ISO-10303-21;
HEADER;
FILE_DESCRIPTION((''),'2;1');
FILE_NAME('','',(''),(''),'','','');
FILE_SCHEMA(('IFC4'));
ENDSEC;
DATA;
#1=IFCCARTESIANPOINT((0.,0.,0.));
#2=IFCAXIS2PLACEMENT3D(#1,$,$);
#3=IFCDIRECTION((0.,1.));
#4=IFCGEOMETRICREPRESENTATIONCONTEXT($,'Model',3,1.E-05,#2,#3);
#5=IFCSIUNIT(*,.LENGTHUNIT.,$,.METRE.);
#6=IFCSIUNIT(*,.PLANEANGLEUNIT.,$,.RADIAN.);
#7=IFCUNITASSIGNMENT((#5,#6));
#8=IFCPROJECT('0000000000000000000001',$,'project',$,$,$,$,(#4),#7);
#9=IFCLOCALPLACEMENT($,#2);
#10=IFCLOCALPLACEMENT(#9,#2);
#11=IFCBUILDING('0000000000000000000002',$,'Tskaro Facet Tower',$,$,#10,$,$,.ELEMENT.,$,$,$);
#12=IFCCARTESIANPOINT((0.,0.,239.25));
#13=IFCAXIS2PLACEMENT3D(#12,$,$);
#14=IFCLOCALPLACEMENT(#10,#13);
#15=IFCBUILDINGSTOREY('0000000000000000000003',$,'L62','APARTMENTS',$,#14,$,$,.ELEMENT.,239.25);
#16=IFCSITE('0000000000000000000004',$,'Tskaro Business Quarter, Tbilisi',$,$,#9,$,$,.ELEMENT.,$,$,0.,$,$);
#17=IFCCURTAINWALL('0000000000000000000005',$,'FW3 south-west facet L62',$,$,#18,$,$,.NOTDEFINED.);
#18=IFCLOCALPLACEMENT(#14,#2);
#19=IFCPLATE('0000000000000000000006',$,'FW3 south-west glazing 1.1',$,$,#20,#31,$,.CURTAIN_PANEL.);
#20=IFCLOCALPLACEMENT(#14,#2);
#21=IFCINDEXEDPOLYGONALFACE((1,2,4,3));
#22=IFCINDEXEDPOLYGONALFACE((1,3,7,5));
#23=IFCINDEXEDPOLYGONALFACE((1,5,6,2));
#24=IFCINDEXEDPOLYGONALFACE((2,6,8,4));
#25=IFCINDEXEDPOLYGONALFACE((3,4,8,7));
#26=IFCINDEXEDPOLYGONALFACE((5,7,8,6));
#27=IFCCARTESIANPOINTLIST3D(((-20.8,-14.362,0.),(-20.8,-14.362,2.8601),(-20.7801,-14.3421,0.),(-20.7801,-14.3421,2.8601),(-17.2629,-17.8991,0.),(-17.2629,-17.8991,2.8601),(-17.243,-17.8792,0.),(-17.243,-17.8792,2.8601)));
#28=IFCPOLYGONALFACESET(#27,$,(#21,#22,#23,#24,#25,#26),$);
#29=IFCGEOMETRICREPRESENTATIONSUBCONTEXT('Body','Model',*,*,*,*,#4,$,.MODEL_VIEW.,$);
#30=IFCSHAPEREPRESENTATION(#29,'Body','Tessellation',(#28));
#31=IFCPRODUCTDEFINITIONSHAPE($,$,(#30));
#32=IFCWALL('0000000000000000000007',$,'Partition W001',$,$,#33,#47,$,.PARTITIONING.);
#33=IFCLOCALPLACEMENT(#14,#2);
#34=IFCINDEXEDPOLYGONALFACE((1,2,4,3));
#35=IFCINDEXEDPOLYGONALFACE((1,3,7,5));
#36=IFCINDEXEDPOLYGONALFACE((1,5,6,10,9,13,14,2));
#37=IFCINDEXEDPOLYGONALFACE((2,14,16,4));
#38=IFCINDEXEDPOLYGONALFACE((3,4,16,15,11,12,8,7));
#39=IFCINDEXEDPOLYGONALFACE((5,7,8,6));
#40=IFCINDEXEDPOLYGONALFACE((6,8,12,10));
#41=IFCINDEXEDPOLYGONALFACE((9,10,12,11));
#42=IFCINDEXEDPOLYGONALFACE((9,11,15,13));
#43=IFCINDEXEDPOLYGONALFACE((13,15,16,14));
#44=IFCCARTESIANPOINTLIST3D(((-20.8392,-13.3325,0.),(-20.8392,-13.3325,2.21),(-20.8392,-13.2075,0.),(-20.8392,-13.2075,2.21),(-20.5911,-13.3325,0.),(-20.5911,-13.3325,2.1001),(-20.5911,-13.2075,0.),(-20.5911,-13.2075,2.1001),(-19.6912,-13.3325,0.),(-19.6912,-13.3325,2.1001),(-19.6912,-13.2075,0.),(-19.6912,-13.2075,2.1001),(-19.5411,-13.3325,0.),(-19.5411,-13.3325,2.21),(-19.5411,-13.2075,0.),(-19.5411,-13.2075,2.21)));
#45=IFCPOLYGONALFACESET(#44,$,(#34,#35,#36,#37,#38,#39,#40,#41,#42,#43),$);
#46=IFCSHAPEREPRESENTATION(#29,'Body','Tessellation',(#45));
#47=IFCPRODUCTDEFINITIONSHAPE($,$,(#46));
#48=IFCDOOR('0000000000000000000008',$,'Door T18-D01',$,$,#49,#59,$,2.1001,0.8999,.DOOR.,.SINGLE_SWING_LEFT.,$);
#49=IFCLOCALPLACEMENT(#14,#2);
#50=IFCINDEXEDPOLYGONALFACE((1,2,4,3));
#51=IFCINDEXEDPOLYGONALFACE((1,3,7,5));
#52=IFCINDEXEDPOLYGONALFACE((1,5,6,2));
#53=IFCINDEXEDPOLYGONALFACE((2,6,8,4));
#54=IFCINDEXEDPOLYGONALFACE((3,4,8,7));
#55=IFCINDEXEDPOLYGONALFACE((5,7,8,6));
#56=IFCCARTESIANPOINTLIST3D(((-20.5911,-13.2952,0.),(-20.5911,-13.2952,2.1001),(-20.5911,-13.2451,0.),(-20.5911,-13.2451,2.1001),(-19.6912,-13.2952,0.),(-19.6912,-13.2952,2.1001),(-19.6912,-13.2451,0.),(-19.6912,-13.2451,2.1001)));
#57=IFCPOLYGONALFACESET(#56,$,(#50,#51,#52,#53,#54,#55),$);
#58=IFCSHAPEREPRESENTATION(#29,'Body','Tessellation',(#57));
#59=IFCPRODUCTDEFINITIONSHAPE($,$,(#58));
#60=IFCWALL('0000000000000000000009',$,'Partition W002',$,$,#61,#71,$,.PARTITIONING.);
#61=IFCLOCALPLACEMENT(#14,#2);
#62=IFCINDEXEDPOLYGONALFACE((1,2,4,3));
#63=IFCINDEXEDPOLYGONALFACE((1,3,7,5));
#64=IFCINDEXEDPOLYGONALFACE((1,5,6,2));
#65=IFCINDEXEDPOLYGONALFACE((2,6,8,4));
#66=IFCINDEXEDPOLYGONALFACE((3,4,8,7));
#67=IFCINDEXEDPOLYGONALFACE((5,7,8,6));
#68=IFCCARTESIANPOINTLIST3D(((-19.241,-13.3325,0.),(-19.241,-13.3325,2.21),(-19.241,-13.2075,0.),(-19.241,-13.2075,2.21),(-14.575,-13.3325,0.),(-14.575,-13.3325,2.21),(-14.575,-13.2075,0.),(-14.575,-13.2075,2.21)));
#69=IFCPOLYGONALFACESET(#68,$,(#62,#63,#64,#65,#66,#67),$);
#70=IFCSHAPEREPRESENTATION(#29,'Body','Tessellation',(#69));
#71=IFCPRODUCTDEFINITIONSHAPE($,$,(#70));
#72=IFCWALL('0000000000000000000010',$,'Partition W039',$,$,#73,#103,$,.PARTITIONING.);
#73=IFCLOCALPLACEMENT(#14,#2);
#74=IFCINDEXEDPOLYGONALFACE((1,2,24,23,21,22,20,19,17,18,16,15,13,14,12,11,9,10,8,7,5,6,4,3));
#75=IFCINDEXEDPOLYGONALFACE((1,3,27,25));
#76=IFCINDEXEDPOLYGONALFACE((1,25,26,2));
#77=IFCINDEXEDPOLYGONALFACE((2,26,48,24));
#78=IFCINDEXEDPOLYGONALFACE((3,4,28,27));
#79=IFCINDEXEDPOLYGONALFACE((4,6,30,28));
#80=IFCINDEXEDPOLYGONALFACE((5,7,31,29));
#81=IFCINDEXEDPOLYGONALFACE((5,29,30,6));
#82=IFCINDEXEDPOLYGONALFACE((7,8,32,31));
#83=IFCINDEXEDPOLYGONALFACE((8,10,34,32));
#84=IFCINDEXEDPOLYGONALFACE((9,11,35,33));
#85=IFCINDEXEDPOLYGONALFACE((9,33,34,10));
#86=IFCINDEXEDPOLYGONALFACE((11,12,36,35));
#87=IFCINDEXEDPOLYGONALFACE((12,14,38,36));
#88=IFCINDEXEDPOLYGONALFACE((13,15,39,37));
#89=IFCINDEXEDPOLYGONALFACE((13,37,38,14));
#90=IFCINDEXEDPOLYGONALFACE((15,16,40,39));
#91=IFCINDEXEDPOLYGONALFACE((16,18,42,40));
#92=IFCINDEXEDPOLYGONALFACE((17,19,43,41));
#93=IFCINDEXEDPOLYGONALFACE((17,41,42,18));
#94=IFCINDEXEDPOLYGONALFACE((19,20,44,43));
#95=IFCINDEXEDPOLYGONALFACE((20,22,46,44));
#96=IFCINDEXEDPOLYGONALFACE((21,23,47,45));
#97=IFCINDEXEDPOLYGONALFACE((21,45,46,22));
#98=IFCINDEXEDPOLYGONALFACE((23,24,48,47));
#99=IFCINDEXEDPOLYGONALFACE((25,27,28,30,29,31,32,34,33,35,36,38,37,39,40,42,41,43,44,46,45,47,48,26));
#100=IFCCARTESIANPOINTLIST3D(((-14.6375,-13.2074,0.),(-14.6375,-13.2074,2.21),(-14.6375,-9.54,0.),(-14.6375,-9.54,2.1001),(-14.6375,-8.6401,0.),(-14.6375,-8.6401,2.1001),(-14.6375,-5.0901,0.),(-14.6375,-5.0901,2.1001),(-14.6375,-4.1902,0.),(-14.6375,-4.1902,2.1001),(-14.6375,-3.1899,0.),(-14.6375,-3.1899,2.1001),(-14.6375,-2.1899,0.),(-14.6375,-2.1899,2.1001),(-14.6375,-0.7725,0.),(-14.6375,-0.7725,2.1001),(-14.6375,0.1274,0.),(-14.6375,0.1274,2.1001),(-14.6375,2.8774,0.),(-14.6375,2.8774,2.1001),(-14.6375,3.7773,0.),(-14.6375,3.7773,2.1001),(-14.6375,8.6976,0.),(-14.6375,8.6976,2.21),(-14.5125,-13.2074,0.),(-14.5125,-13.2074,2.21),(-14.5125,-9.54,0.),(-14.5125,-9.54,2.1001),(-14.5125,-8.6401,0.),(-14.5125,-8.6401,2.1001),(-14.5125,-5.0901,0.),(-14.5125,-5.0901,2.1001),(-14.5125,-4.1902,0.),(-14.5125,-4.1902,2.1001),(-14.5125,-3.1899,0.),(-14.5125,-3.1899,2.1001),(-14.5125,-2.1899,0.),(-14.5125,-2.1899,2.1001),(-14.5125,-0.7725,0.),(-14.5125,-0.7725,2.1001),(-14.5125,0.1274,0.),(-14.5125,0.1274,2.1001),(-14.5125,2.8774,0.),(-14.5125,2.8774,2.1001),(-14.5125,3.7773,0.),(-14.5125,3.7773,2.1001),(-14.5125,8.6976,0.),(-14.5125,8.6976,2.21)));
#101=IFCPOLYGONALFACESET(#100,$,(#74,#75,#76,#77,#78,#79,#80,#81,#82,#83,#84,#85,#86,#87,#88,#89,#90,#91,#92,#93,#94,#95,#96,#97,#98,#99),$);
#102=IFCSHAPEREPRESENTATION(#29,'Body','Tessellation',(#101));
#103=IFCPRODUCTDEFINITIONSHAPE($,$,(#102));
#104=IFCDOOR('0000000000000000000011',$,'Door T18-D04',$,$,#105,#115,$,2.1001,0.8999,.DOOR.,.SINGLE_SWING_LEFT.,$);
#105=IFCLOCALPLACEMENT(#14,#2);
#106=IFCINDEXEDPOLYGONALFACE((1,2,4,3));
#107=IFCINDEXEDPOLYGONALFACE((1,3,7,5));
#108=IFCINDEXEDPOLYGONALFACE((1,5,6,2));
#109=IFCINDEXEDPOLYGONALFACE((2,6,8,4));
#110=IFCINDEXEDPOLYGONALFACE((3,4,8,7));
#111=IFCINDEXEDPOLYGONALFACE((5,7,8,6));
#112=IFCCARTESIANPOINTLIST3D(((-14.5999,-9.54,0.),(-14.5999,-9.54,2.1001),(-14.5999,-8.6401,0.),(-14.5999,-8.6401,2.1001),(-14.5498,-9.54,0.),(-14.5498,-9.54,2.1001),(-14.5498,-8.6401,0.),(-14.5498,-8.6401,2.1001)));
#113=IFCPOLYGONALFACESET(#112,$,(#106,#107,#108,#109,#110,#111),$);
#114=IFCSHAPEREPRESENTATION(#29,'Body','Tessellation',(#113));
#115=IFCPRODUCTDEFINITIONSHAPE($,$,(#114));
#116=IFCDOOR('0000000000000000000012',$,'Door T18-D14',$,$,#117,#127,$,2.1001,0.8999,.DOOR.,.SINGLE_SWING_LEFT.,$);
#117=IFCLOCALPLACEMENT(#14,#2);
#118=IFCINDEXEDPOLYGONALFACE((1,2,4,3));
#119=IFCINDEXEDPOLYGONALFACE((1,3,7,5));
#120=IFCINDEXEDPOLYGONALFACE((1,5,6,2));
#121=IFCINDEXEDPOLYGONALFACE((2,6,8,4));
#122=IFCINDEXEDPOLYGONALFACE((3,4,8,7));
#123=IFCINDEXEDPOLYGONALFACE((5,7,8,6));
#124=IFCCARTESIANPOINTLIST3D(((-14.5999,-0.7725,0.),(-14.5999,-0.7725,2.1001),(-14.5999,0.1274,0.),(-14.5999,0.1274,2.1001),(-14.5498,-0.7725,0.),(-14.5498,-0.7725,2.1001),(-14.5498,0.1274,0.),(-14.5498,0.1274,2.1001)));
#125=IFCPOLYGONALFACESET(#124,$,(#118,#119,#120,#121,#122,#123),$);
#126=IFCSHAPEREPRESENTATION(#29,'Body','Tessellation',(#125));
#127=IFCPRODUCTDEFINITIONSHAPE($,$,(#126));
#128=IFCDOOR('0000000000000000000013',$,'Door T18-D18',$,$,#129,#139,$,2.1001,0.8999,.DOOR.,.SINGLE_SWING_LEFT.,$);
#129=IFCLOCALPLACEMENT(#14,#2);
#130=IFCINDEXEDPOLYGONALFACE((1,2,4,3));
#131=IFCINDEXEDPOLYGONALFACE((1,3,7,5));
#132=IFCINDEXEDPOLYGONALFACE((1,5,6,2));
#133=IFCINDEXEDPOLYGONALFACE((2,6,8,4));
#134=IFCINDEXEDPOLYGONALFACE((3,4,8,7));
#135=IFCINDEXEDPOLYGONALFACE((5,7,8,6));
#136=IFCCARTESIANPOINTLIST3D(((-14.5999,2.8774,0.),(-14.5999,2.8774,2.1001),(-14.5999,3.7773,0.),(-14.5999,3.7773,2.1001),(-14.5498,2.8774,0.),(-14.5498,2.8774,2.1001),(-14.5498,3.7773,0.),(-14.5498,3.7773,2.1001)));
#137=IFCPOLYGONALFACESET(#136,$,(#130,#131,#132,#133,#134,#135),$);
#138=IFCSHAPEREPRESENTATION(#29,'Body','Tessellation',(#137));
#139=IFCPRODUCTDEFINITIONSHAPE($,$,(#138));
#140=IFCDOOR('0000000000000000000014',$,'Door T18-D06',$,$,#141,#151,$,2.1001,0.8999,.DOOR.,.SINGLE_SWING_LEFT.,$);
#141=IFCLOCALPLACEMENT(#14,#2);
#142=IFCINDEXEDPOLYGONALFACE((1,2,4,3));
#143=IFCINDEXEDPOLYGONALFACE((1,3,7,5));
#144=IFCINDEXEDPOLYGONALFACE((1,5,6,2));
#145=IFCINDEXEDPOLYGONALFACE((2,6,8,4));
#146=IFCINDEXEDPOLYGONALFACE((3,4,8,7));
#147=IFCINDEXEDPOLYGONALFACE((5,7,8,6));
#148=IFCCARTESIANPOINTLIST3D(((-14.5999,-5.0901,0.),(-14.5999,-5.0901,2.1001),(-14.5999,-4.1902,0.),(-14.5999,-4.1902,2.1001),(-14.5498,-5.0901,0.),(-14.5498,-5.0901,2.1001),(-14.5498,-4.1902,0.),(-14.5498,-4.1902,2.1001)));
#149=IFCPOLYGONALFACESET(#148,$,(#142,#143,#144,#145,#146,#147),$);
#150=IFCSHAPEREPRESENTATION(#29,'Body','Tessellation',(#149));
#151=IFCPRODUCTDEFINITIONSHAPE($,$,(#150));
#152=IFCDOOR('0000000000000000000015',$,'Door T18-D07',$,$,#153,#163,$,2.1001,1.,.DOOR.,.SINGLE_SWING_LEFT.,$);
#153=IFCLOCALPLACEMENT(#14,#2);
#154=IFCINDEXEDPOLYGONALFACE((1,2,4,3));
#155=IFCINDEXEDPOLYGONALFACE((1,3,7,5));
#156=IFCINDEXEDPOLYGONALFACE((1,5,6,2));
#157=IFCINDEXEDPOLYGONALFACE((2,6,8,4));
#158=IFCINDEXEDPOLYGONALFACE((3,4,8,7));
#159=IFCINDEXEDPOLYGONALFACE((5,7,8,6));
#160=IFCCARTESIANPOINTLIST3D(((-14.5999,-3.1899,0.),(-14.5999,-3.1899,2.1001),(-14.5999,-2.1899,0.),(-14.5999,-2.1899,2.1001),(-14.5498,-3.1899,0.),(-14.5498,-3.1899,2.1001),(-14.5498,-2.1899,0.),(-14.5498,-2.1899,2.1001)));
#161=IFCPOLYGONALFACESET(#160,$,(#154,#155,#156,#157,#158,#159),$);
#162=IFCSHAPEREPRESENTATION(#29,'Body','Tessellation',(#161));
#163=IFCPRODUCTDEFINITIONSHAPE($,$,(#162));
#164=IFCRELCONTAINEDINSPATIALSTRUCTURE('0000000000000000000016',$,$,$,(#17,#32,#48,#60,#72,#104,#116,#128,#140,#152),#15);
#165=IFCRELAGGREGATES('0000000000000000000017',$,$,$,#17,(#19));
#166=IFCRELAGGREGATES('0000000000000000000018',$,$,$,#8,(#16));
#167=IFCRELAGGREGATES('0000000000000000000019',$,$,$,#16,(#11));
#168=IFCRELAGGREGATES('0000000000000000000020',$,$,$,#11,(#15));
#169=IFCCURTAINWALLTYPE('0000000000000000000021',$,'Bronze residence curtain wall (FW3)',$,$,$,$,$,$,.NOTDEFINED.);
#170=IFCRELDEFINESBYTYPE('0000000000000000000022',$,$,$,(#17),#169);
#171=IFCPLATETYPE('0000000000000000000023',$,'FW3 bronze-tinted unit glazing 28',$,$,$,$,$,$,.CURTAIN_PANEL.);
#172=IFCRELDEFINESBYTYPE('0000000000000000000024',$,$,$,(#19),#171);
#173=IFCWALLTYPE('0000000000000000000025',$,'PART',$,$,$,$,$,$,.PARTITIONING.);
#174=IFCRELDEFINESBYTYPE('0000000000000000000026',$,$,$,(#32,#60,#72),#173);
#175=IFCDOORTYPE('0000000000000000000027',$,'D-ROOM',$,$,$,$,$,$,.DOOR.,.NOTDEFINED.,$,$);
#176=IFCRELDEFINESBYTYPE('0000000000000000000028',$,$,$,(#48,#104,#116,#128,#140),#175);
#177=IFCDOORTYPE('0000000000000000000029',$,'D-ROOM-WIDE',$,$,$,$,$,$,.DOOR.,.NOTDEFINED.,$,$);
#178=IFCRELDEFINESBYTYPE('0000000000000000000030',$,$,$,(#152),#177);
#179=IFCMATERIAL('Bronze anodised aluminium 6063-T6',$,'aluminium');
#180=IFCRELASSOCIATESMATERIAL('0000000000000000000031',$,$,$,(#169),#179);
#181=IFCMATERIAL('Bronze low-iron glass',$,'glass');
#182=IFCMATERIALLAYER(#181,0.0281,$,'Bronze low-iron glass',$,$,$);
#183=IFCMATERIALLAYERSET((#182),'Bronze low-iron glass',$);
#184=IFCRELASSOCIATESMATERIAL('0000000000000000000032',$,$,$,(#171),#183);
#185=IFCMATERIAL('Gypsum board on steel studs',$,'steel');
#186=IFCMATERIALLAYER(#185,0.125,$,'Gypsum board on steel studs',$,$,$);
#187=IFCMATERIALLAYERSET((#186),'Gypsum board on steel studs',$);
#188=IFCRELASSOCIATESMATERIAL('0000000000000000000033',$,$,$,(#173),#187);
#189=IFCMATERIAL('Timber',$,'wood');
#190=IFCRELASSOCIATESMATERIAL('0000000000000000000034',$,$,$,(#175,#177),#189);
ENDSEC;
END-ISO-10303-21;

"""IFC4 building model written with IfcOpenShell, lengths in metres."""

from ifc_helpers import new_model, si_unit, direction, frame, frame_2d, origin, origin_2d, place, context, subcontext, project, spatial, rectangle, extrude, material, layer, layer_set, type_object, element, fill, aggregate, save


model = new_model("IFC4")

# Units and contexts
model_context = context("Model", 3, precision=1e-05, world=origin(), true_north=direction((0.0, 1.0)))
body_context = subcontext(model_context, "Body", "Model", "MODEL_VIEW")
ifc_project = project(units=[si_unit("LENGTHUNIT", "METRE"), si_unit("PLANEANGLEUNIT", "RADIAN")], contexts=[model_context])

# Site, building, storey
site_placement = place(None, origin())
site = spatial("IfcSite", under=ifc_project, at=site_placement, Name="Tskaro Business Quarter, Tbilisi", CompositionType="ELEMENT", RefElevation=0.0)
building_placement = place(site_placement, origin())
building = spatial("IfcBuilding", under=site, at=building_placement, Name="Tskaro Facet Tower", CompositionType="ELEMENT")
storey_placement = place(building_placement, frame((0.0, 0.0, 239.25)))
storey = spatial("IfcBuildingStorey", under=building, at=storey_placement, Name="L62", Description="APARTMENTS", CompositionType="ELEMENT", Elevation=239.25)

# Curtain wall
ifc_material_1 = material(Name="Bronze anodised aluminium 6063-T6", Category="aluminium")
curtain_wall_type = type_object("IfcCurtainWallType", Name="Bronze residence curtain wall (FW3)", PredefinedType="NOTDEFINED", material=ifc_material_1)
curtain_wall_1_placement = place(storey_placement, origin())
curtain_wall_1 = element("IfcCurtainWall", 1, at=curtain_wall_1_placement, inside=storey, type_object=curtain_wall_type, Name="FW3 south-west facet L62", PredefinedType="NOTDEFINED")

# Shared definitions
ifc_material_2 = material(Name="Bronze low-iron glass", Category="glass")
ifc_layer_1 = layer(ifc_material_2, 0.0281, Name="Bronze low-iron glass")
ifc_layer_set_1 = layer_set([ifc_layer_1], Name="Bronze low-iron glass")
plate_type = type_object("IfcPlateType", Name="FW3 bronze-tinted unit glazing 28", PredefinedType="CURTAIN_PANEL", material=ifc_layer_set_1)

# Plate
plate_1_placement = place(storey_placement, frame((-19.0215, -16.1206, 0.0), z_axis=(0.0, 0.0, 1.0), x_axis=(0.707107, -0.707107, 0.0)))
plate_1 = element("IfcPlate", 2, at=plate_1_placement, type_object=plate_type, Name="FW3 south-west glazing 1.1", PredefinedType="CURTAIN_PANEL", context=body_context, shape_type="SweptSolid", body=[
    extrude(rectangle(XDim=5.0022, YDim=0.0281, at=origin_2d()), origin(), (0.0, 0.0, 1.0), 2.8601),
])
aggregate(curtain_wall_1, [plate_1])

# Wall, opening, door
ifc_material_3 = material(Name="Gypsum board on steel studs", Category="steel")
ifc_layer_2 = layer(ifc_material_3, 0.125, Name="Gypsum board on steel studs")
ifc_layer_set_2 = layer_set([ifc_layer_2], Name="Gypsum board on steel studs")
wall_type = type_object("IfcWallType", Name="PART", PredefinedType="PARTITIONING", material=ifc_layer_set_2)
wall_1_placement = place(storey_placement, frame((-20.8391, -13.27, 0.0), z_axis=(0.0, 0.0, 1.0), x_axis=(1.0, 0.0, 0.0)))
wall_1 = element("IfcWall", 3, at=wall_1_placement, inside=storey, type_object=wall_type, Name="Partition W001", PredefinedType="PARTITIONING", context=body_context, shape_type="SweptSolid", body=[
    extrude(rectangle(XDim=1.2981, YDim=0.125, at=frame_2d((0.6489, 0.0))), origin(), (0.0, 0.0, 1.0), 2.21),
])
opening_1_placement = place(wall_1_placement, frame((0.248, 0.0, 0.0)))
opening_1 = element("IfcOpeningElement", 4, at=opening_1_placement, cuts=wall_1, PredefinedType="OPENING", context=body_context, shape_type="SweptSolid", body=[
    extrude(rectangle(XDim=0.8999, YDim=2.1001, at=frame_2d((0.45, 1.05))), frame((0.0, 0.0725, 0.0), z_axis=(0.0, -1.0, 0.0), x_axis=(1.0, 0.0, 0.0)), (0.0, 0.0, 1.0), 0.145),
])
ifc_material_4 = material(Name="Timber", Category="wood")
door_type_1 = type_object("IfcDoorType", Name="D-ROOM", OperationType="NOTDEFINED", PredefinedType="DOOR", material=ifc_material_4)
door_1_placement = place(opening_1_placement, origin())
door_1 = element("IfcDoor", 5, at=door_1_placement, inside=storey, type_object=door_type_1, Name="Door T18-D01", OperationType="SINGLE_SWING_LEFT", OverallHeight=2.1001, OverallWidth=0.8999, PredefinedType="DOOR", context=body_context, shape_type="SweptSolid", body=[
    extrude(rectangle(XDim=0.8999, YDim=2.1001, at=frame_2d((0.45, 1.05))), frame((0.0, 0.0249, 0.0), z_axis=(0.0, -1.0, 0.0), x_axis=(1.0, 0.0, 0.0)), (0.0, 0.0, 1.0), 0.05),
])
fill(opening_1, door_1)

# Wall
wall_2_placement = place(storey_placement, frame((-19.241, -13.27, 0.0), z_axis=(0.0, 0.0, 1.0), x_axis=(1.0, 0.0, 0.0)))
element("IfcWall", 6, at=wall_2_placement, inside=storey, type_object=wall_type, Name="Partition W002", PredefinedType="PARTITIONING", context=body_context, shape_type="SweptSolid", body=[
    extrude(rectangle(XDim=4.666, YDim=0.125, at=frame_2d((2.333, 0.0))), origin(), (0.0, 0.0, 1.0), 2.21),
])

# Wall, openings, doors
wall_3_placement = place(storey_placement, frame((-14.575, -13.2075, 0.0), z_axis=(0.0, 0.0, 1.0), x_axis=(0.0, 1.0, 0.0)))
wall_3 = element("IfcWall", 7, at=wall_3_placement, inside=storey, type_object=wall_type, Name="Partition W039", PredefinedType="PARTITIONING", context=body_context, shape_type="SweptSolid", body=[
    extrude(rectangle(XDim=21.905, YDim=0.125, at=frame_2d((10.9526, 0.0))), origin(), (0.0, 0.0, 1.0), 2.21),
])
opening_2_placement = place(wall_3_placement, frame((3.6675, 0.0, 0.0)))
opening_2 = element("IfcOpeningElement", 8, at=opening_2_placement, cuts=wall_3, PredefinedType="OPENING", context=body_context, shape_type="SweptSolid", body=[
    extrude(rectangle(XDim=0.8999, YDim=2.1001, at=frame_2d((0.45, 1.05))), frame((0.0, 0.0725, 0.0), z_axis=(0.0, -1.0, 0.0), x_axis=(1.0, 0.0, 0.0)), (0.0, 0.0, 1.0), 0.145),
])
opening_3_placement = place(wall_3_placement, frame((12.4351, 0.0, 0.0)))
opening_3 = element("IfcOpeningElement", 9, at=opening_3_placement, cuts=wall_3, PredefinedType="OPENING", context=body_context, shape_type="SweptSolid", body=[
    extrude(rectangle(XDim=0.8999, YDim=2.1001, at=frame_2d((0.45, 1.05))), frame((0.0, 0.0725, 0.0), z_axis=(0.0, -1.0, 0.0), x_axis=(1.0, 0.0, 0.0)), (0.0, 0.0, 1.0), 0.145),
])
opening_4_placement = place(wall_3_placement, frame((16.085, 0.0, 0.0)))
opening_4 = element("IfcOpeningElement", 10, at=opening_4_placement, cuts=wall_3, PredefinedType="OPENING", context=body_context, shape_type="SweptSolid", body=[
    extrude(rectangle(XDim=0.8999, YDim=2.1001, at=frame_2d((0.45, 1.05))), frame((0.0, 0.0725, 0.0), z_axis=(0.0, -1.0, 0.0), x_axis=(1.0, 0.0, 0.0)), (0.0, 0.0, 1.0), 0.145),
])
opening_5_placement = place(wall_3_placement, frame((10.0176, 0.0, 0.0)))
opening_5 = element("IfcOpeningElement", 11, at=opening_5_placement, cuts=wall_3, PredefinedType="OPENING", context=body_context, shape_type="SweptSolid", body=[
    extrude(rectangle(XDim=1.0, YDim=2.1001, at=frame_2d((0.5, 1.05))), frame((0.0, 0.0725, 0.0), z_axis=(0.0, -1.0, 0.0), x_axis=(1.0, 0.0, 0.0)), (0.0, 0.0, 1.0), 0.145),
])
opening_6_placement = place(wall_3_placement, frame((8.1174, 0.0, 0.0)))
opening_6 = element("IfcOpeningElement", 12, at=opening_6_placement, cuts=wall_3, PredefinedType="OPENING", context=body_context, shape_type="SweptSolid", body=[
    extrude(rectangle(XDim=0.8999, YDim=2.1001, at=frame_2d((0.45, 1.05))), frame((0.0, 0.0725, 0.0), z_axis=(0.0, -1.0, 0.0), x_axis=(1.0, 0.0, 0.0)), (0.0, 0.0, 1.0), 0.145),
])
door_2_placement = place(opening_2_placement, origin())
door_2 = element("IfcDoor", 13, at=door_2_placement, inside=storey, type_object=door_type_1, Name="Door T18-D04", OperationType="SINGLE_SWING_LEFT", OverallHeight=2.1001, OverallWidth=0.8999, PredefinedType="DOOR", context=body_context, shape_type="SweptSolid", body=[
    extrude(rectangle(XDim=0.8999, YDim=2.1001, at=frame_2d((0.45, 1.05))), frame((0.0, 0.0249, 0.0), z_axis=(0.0, -1.0, 0.0), x_axis=(1.0, 0.0, 0.0)), (0.0, 0.0, 1.0), 0.05),
])
fill(opening_2, door_2)
door_3_placement = place(opening_3_placement, origin())
door_3 = element("IfcDoor", 14, at=door_3_placement, inside=storey, type_object=door_type_1, Name="Door T18-D14", OperationType="SINGLE_SWING_LEFT", OverallHeight=2.1001, OverallWidth=0.8999, PredefinedType="DOOR", context=body_context, shape_type="SweptSolid", body=[
    extrude(rectangle(XDim=0.8999, YDim=2.1001, at=frame_2d((0.45, 1.05))), frame((0.0, 0.0249, 0.0), z_axis=(0.0, -1.0, 0.0), x_axis=(1.0, 0.0, 0.0)), (0.0, 0.0, 1.0), 0.05),
])
fill(opening_3, door_3)
door_4_placement = place(opening_4_placement, origin())
door_4 = element("IfcDoor", 15, at=door_4_placement, inside=storey, type_object=door_type_1, Name="Door T18-D18", OperationType="SINGLE_SWING_LEFT", OverallHeight=2.1001, OverallWidth=0.8999, PredefinedType="DOOR", context=body_context, shape_type="SweptSolid", body=[
    extrude(rectangle(XDim=0.8999, YDim=2.1001, at=frame_2d((0.45, 1.05))), frame((0.0, 0.0249, 0.0), z_axis=(0.0, -1.0, 0.0), x_axis=(1.0, 0.0, 0.0)), (0.0, 0.0, 1.0), 0.05),
])
fill(opening_4, door_4)
door_5_placement = place(opening_6_placement, origin())
door_5 = element("IfcDoor", 16, at=door_5_placement, inside=storey, type_object=door_type_1, Name="Door T18-D06", OperationType="SINGLE_SWING_LEFT", OverallHeight=2.1001, OverallWidth=0.8999, PredefinedType="DOOR", context=body_context, shape_type="SweptSolid", body=[
    extrude(rectangle(XDim=0.8999, YDim=2.1001, at=frame_2d((0.45, 1.05))), frame((0.0, 0.0249, 0.0), z_axis=(0.0, -1.0, 0.0), x_axis=(1.0, 0.0, 0.0)), (0.0, 0.0, 1.0), 0.05),
])
fill(opening_6, door_5)
door_type_2 = type_object("IfcDoorType", Name="D-ROOM-WIDE", OperationType="NOTDEFINED", PredefinedType="DOOR", material=ifc_material_4)
door_6_placement = place(opening_5_placement, origin())
door_6 = element("IfcDoor", 17, at=door_6_placement, inside=storey, type_object=door_type_2, Name="Door T18-D07", OperationType="SINGLE_SWING_LEFT", OverallHeight=2.1001, OverallWidth=1.0, PredefinedType="DOOR", context=body_context, shape_type="SweptSolid", body=[
    extrude(rectangle(XDim=1.0, YDim=2.1001, at=frame_2d((0.5, 1.05))), frame((0.0, 0.0249, 0.0), z_axis=(0.0, -1.0, 0.0), x_axis=(1.0, 0.0, 0.0)), (0.0, 0.0, 1.0), 0.05),
])
fill(opening_5, door_6)

save(model, "model.ifc")
